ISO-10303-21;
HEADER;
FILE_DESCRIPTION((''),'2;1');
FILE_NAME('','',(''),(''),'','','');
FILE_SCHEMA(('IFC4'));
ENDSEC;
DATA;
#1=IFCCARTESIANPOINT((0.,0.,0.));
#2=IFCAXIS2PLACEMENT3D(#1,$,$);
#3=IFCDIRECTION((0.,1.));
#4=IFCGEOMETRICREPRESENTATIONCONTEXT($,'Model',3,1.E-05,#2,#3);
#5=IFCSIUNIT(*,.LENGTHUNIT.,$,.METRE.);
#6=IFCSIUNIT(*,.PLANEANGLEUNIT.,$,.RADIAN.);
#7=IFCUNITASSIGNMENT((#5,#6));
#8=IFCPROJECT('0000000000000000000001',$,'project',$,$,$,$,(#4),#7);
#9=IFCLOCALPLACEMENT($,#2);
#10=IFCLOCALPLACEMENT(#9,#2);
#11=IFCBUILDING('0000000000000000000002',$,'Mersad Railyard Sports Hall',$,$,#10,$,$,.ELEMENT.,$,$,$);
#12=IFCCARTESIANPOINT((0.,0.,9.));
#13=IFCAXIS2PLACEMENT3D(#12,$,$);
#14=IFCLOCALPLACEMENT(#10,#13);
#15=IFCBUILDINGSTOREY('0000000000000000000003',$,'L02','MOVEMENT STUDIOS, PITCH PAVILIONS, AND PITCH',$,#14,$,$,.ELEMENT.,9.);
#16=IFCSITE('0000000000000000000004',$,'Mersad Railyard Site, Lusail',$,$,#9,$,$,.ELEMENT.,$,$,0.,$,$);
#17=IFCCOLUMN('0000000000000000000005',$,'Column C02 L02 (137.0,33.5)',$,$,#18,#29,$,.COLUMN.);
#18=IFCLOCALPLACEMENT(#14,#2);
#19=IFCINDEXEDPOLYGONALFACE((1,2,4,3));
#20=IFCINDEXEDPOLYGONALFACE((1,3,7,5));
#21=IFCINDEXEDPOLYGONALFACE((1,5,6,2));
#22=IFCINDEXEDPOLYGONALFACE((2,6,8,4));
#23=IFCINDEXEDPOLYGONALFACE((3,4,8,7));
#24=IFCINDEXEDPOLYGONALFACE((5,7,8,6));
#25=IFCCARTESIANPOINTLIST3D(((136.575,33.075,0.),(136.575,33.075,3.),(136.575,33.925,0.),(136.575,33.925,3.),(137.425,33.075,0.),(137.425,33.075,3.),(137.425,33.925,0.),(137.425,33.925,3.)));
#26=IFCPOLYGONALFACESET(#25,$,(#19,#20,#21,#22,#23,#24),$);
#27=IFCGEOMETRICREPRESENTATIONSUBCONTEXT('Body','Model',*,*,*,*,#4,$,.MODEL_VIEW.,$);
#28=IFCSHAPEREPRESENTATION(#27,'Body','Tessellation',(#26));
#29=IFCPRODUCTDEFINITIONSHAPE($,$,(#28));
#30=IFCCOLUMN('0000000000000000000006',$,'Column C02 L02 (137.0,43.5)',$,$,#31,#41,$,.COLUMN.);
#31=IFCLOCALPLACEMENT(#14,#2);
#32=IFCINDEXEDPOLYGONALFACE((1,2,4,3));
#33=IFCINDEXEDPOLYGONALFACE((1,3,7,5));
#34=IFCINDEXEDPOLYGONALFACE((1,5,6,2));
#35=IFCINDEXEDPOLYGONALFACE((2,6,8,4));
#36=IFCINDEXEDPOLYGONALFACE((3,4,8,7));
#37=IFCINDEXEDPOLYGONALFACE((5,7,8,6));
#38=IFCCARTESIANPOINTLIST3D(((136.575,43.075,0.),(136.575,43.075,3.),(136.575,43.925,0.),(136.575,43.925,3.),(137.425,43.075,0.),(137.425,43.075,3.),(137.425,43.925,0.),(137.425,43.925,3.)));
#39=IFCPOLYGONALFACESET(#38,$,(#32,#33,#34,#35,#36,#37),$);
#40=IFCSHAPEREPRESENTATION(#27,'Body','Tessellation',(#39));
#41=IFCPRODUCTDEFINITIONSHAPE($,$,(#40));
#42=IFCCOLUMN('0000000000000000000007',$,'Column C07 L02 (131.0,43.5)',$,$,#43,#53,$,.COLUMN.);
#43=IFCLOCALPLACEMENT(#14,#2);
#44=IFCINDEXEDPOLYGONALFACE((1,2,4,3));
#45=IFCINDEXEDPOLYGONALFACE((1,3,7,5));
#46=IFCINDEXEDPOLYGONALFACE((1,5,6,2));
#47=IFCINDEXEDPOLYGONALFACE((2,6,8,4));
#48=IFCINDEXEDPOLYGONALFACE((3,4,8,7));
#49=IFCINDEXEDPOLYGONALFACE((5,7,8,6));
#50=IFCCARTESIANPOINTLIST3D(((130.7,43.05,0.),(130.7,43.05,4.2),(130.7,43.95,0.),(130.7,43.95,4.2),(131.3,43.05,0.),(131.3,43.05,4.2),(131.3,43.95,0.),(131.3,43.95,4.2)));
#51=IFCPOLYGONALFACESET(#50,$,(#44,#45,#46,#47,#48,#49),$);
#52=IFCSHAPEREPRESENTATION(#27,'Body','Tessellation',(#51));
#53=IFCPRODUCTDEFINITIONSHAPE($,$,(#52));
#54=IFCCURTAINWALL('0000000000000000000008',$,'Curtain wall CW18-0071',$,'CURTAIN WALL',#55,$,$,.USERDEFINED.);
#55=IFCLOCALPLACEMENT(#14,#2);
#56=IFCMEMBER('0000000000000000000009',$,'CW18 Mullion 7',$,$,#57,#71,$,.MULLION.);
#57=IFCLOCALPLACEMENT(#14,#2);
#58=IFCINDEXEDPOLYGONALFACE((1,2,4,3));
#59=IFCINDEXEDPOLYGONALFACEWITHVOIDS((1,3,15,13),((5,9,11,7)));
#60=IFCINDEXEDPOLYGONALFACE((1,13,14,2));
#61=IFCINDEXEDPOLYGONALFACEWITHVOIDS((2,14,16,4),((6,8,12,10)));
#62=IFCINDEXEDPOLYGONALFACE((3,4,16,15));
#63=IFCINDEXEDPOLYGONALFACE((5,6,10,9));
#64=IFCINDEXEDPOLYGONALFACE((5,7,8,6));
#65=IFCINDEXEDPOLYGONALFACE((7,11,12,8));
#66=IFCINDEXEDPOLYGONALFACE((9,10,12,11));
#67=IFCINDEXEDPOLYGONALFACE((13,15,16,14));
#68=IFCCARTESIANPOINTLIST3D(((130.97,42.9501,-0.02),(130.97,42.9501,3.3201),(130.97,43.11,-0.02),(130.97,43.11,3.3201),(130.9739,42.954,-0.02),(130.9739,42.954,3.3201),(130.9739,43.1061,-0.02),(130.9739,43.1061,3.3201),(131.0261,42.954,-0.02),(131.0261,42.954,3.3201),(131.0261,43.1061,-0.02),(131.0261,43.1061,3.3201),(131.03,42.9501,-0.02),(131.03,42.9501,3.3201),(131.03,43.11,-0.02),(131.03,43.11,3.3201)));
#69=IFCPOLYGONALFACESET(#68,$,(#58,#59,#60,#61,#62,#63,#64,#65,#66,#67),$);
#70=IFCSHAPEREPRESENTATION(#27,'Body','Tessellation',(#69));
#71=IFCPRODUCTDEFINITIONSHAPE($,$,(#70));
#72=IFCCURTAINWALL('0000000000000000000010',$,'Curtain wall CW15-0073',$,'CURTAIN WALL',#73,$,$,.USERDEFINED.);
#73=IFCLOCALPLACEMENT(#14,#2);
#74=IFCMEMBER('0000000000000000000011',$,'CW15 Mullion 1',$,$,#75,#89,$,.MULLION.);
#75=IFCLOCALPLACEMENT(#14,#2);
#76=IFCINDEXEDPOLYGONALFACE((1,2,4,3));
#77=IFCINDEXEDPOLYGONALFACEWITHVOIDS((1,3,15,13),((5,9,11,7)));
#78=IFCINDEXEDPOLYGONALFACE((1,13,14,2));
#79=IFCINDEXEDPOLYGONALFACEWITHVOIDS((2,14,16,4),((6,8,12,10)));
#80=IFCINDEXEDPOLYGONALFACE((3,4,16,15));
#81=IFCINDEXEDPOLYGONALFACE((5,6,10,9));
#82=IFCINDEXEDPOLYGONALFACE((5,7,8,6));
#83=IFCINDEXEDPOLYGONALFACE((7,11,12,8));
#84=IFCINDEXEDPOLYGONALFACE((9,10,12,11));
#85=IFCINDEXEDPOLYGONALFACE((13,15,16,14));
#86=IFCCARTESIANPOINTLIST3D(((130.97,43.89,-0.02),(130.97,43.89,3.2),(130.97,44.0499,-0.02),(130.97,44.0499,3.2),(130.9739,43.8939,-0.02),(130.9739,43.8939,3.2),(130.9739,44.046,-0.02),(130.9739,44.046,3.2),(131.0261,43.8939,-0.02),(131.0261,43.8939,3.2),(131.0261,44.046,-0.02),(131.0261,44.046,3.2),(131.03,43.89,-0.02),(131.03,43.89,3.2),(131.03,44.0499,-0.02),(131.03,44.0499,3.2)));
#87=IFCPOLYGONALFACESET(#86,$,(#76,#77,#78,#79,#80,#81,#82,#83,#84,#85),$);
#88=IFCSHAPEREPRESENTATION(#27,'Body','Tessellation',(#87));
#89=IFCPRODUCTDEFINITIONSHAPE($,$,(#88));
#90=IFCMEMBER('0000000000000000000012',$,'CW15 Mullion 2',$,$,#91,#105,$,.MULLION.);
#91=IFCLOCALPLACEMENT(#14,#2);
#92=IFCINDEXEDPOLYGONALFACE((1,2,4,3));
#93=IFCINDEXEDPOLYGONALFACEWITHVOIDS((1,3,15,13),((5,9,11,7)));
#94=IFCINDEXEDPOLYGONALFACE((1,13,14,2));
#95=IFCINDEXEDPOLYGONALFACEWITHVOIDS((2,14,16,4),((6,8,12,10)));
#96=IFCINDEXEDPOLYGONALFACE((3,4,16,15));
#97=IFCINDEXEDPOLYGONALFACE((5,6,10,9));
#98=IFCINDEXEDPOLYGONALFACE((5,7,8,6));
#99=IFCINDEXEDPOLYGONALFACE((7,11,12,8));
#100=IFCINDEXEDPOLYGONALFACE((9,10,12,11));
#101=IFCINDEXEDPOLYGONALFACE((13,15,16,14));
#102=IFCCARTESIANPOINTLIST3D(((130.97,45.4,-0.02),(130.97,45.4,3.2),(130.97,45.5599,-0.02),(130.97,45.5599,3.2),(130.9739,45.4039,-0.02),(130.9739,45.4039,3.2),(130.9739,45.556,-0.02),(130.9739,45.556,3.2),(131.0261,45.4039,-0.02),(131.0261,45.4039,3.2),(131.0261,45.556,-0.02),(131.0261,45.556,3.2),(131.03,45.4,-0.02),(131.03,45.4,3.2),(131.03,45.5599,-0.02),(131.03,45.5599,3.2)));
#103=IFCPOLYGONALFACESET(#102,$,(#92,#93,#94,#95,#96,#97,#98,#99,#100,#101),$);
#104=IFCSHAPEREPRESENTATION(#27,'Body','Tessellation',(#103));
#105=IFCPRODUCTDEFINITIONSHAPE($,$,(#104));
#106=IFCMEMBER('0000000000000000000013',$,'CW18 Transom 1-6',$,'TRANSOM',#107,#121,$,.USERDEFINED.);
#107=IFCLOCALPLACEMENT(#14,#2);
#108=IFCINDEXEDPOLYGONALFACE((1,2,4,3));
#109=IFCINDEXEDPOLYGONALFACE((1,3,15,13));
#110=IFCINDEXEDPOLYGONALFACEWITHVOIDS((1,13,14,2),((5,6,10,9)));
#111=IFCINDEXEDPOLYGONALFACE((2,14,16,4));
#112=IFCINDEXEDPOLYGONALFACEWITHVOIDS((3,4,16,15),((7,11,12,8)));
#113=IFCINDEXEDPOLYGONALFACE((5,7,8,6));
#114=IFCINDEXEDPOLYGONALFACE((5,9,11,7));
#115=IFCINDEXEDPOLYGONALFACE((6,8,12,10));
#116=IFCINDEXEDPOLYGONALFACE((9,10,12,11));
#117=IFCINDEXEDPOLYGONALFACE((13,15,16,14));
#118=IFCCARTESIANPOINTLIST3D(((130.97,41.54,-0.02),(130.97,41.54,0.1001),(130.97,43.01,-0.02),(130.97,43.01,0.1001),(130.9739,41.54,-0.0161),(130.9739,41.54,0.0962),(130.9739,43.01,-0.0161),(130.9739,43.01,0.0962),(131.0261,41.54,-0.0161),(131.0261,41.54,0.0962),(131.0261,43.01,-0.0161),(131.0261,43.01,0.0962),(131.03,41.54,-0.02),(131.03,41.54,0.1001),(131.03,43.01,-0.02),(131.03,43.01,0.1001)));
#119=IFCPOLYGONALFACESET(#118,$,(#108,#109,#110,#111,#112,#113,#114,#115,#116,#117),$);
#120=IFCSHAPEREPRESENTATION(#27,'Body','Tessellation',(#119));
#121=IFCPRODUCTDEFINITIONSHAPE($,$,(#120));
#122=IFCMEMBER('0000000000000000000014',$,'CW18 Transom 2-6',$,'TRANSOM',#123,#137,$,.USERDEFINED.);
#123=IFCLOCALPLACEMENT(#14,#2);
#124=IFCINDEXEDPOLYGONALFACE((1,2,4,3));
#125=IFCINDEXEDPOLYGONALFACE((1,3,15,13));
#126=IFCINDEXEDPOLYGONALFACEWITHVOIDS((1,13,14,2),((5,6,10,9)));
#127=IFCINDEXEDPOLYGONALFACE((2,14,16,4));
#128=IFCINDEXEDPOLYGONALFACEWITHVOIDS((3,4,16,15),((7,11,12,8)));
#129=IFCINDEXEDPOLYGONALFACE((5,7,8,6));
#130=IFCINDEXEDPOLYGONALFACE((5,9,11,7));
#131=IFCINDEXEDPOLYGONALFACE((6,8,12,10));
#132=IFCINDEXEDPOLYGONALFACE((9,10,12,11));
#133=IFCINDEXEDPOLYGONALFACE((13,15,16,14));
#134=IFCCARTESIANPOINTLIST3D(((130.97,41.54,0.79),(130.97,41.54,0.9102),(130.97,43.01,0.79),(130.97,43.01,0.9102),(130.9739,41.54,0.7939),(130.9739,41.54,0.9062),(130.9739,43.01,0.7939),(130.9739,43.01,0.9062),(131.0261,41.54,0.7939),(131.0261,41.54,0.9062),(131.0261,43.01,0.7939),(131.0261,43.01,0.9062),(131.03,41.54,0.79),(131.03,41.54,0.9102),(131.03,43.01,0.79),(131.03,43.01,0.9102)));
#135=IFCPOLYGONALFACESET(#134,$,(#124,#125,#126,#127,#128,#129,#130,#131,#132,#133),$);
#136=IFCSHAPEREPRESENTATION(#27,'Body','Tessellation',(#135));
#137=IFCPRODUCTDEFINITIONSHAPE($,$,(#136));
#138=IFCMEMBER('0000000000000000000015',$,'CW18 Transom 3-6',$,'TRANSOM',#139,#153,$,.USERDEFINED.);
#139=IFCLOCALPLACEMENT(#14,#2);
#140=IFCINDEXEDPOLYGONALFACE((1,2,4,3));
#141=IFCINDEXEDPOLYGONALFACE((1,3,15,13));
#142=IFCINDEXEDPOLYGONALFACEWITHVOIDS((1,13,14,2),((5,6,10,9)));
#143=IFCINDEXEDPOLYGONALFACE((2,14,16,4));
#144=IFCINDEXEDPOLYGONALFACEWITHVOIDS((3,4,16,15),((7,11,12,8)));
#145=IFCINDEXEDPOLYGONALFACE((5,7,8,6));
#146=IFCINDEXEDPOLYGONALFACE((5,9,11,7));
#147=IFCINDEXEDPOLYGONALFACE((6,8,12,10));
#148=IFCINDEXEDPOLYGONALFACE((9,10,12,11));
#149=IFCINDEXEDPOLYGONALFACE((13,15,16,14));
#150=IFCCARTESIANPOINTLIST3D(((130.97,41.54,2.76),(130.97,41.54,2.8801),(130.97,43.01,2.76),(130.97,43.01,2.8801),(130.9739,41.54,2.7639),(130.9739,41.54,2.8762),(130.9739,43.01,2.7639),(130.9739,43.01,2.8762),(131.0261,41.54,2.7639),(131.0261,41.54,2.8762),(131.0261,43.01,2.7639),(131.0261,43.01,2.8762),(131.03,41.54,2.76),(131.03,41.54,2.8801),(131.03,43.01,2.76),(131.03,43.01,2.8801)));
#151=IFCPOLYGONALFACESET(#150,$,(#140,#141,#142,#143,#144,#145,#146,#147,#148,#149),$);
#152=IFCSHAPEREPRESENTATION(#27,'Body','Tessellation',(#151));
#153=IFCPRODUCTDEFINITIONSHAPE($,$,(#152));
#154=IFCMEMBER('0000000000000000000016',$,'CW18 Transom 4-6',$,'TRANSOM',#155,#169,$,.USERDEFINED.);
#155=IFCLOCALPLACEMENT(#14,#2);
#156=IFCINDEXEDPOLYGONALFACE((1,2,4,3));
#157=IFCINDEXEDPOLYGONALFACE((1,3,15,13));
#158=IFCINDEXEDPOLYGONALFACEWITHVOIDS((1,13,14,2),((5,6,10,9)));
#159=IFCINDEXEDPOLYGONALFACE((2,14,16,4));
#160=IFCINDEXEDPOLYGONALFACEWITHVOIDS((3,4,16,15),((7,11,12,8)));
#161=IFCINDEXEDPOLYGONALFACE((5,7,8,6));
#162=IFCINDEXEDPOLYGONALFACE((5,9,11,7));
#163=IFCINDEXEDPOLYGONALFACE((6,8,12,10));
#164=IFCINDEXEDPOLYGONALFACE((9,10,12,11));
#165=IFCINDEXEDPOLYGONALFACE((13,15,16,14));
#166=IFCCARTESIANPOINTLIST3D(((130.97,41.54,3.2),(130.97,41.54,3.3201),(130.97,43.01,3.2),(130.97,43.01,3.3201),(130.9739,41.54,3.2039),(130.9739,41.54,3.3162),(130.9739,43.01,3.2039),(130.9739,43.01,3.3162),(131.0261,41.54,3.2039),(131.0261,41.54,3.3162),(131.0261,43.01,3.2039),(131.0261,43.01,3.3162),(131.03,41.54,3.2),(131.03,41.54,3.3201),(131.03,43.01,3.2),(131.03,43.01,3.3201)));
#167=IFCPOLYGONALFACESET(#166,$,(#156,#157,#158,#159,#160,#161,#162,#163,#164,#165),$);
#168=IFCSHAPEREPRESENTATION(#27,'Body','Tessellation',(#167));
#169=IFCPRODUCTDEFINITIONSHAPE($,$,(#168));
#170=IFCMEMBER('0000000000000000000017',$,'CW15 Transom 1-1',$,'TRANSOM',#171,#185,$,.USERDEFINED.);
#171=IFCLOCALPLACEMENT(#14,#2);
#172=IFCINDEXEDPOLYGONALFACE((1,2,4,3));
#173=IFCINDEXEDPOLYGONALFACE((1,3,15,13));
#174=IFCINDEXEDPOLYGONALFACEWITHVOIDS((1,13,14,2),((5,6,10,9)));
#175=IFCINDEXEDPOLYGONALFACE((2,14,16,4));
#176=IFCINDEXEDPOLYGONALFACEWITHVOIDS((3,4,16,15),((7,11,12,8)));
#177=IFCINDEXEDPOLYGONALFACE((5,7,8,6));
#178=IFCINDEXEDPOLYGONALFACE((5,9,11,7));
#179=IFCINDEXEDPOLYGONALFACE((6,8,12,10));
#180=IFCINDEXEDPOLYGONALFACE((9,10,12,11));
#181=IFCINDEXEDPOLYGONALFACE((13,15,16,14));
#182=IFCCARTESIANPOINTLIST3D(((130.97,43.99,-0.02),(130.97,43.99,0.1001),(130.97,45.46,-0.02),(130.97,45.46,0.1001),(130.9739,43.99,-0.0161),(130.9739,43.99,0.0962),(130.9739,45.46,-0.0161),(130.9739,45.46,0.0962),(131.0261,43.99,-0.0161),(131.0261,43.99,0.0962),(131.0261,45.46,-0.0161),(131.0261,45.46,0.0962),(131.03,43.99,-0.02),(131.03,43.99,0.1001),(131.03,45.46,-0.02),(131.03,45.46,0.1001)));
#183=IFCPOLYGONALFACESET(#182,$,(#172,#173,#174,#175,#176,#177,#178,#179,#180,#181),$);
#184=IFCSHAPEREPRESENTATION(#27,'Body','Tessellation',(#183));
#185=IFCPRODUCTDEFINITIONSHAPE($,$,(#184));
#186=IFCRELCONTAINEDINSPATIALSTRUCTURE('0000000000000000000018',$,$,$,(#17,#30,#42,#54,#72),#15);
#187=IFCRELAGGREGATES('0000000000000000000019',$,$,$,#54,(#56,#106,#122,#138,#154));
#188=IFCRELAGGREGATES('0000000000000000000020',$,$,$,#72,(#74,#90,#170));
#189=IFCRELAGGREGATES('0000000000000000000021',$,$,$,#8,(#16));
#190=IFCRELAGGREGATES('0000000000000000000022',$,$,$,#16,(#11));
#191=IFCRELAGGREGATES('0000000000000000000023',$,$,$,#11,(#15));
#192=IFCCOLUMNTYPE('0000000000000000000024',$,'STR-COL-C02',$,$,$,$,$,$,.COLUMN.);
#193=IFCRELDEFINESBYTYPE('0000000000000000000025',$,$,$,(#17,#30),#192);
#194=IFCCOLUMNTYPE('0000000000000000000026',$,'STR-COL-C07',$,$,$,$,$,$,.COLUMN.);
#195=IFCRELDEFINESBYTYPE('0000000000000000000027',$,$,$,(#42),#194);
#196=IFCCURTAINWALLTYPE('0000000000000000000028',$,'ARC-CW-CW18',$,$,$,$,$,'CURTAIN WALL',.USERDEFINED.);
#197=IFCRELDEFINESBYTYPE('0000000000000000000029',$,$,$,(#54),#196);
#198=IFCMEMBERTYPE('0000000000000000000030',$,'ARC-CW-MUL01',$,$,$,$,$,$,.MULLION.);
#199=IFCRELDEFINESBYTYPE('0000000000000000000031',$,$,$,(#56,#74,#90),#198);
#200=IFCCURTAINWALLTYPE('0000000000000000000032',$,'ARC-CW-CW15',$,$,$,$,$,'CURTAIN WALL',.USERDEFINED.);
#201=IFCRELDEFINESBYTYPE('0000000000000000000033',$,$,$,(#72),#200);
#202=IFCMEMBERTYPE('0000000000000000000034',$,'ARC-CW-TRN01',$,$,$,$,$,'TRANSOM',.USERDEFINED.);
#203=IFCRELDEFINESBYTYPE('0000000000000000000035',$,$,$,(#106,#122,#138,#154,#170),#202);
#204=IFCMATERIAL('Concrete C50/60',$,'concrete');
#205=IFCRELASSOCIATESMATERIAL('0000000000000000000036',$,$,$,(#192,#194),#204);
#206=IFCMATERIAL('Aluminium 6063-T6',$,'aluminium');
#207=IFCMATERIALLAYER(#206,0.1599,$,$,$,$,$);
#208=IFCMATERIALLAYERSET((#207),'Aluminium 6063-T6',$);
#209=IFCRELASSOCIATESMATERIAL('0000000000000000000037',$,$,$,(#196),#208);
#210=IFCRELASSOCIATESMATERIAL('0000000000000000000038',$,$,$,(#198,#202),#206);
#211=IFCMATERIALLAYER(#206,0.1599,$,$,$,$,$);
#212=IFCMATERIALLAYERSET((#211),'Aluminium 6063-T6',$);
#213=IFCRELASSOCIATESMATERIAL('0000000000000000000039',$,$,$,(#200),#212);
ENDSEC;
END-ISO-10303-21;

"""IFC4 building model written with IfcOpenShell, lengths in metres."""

from ifc_helpers import new_model, si_unit, direction, frame, origin, origin_2d, place, context, subcontext, project, spatial, rectangle, hollow_rectangle, extrude, material, layer, layer_set, material_profile, profile_set, type_object, element, aggregate, save


model = new_model("IFC4")

# Units and contexts
model_context = context("Model", 3, precision=1e-05, world=origin(), true_north=direction((0.0, 1.0)))
body_context = subcontext(model_context, "Body", "Model", "MODEL_VIEW")
ifc_project = project(units=[si_unit("LENGTHUNIT", "METRE"), si_unit("PLANEANGLEUNIT", "RADIAN")], contexts=[model_context])

# Site, building, storey
site_placement = place(None, origin())
site = spatial("IfcSite", under=ifc_project, at=site_placement, Name="Mersad Railyard Site, Lusail", CompositionType="ELEMENT", RefElevation=0.0)
building_placement = place(site_placement, origin())
building = spatial("IfcBuilding", under=site, at=building_placement, Name="Mersad Railyard Sports Hall", CompositionType="ELEMENT")
storey_placement = place(building_placement, frame((0.0, 0.0, 9.0)))
storey = spatial("IfcBuildingStorey", under=building, at=storey_placement, Name="L02", Description="MOVEMENT STUDIOS, PITCH PAVILIONS, AND PITCH", CompositionType="ELEMENT", Elevation=9.0)

# Columns
ifc_material_1 = material(Name="Concrete C50/60", Category="concrete")
ifc_material_profile_1 = material_profile(ifc_material_1, rectangle(XDim=0.8501, YDim=0.8501, at=origin_2d()), Name="RC 850x850")
ifc_profile_set_1 = profile_set([ifc_material_profile_1], Name="Concrete C50/60")
column_type_1 = type_object("IfcColumnType", Name="STR-COL-C02", PredefinedType="COLUMN", material=ifc_profile_set_1)
for number, where, z_axis, x_axis, name in (
    (1, (137.0, 33.5, 0.0), (0.0, 0.0, 1.0), (1.0, 0.0, 0.0), "Column C02 L02 (137.0,33.5)"),
    (2, (137.0, 43.5, 0.0), (0.0, 0.0, 1.0), (1.0, 0.0, 0.0), "Column C02 L02 (137.0,43.5)"),
):
    element("IfcColumn", number, at=place(storey_placement, frame(where, z_axis=z_axis, x_axis=x_axis)), inside=storey, type_object=column_type_1, Name=name, PredefinedType="COLUMN", context=body_context, shape_type="SweptSolid", body=[
        extrude(rectangle(XDim=0.8501, YDim=0.8501, at=origin_2d()), origin(), (0.0, 0.0, 1.0), 3.0),
    ])
ifc_material_profile_2 = material_profile(ifc_material_1, rectangle(XDim=0.6001, YDim=0.8999, at=origin_2d()), Name="RC 600x900")
ifc_profile_set_2 = profile_set([ifc_material_profile_2], Name="Concrete C50/60")
column_type_2 = type_object("IfcColumnType", Name="STR-COL-C07", PredefinedType="COLUMN", material=ifc_profile_set_2)
column_placement = place(storey_placement, frame((131.0, 43.5, 0.0), z_axis=(0.0, 0.0, 1.0), x_axis=(1.0, 0.0, 0.0)))
element("IfcColumn", 3, at=column_placement, inside=storey, type_object=column_type_2, Name="Column C07 L02 (131.0,43.5)", PredefinedType="COLUMN", context=body_context, shape_type="SweptSolid", body=[
    extrude(rectangle(XDim=0.6001, YDim=0.8999, at=origin_2d()), origin(), (0.0, 0.0, 1.0), 4.2),
])

# Curtain wall, member
ifc_material_2 = material(Name="Aluminium 6063-T6", Category="aluminium")
ifc_layer_1 = layer(ifc_material_2, 0.1599)
ifc_layer_set_1 = layer_set([ifc_layer_1], Name="Aluminium 6063-T6")
curtain_wall_type_1 = type_object("IfcCurtainWallType", Name="ARC-CW-CW18", ElementType="CURTAIN WALL", PredefinedType="USERDEFINED", material=ifc_layer_set_1)
curtain_wall_1_placement = place(storey_placement, origin())
curtain_wall_1 = element("IfcCurtainWall", 4, at=curtain_wall_1_placement, inside=storey, type_object=curtain_wall_type_1, Name="Curtain wall CW18-0071", ObjectType="CURTAIN WALL", PredefinedType="USERDEFINED")
ifc_material_profile_3 = material_profile(ifc_material_2, hollow_rectangle(XDim=0.0601, YDim=0.1599, WallThickness=0.0039, at=origin_2d()), Name="AL MULLION 60x160x4")
ifc_profile_set_3 = profile_set([ifc_material_profile_3], Name="Aluminium 6063-T6")
member_type_1 = type_object("IfcMemberType", Name="ARC-CW-MUL01", PredefinedType="MULLION", material=ifc_profile_set_3)
member_1_placement = place(storey_placement, frame((131.0, 43.03, -0.02), z_axis=(0.0, 0.0, 1.0), x_axis=(1.0, 0.0, 0.0)))
member_1 = element("IfcMember", 5, at=member_1_placement, type_object=member_type_1, Name="CW18 Mullion 7", PredefinedType="MULLION", context=body_context, shape_type="SweptSolid", body=[
    extrude(hollow_rectangle(XDim=0.0601, YDim=0.1599, WallThickness=0.0039, at=origin_2d()), origin(), (0.0, 0.0, 1.0), 3.3401),
])

# Curtain wall, members
ifc_layer_2 = layer(ifc_material_2, 0.1599)
ifc_layer_set_2 = layer_set([ifc_layer_2], Name="Aluminium 6063-T6")
curtain_wall_type_2 = type_object("IfcCurtainWallType", Name="ARC-CW-CW15", ElementType="CURTAIN WALL", PredefinedType="USERDEFINED", material=ifc_layer_set_2)
curtain_wall_2_placement = place(storey_placement, origin())
curtain_wall_2 = element("IfcCurtainWall", 6, at=curtain_wall_2_placement, inside=storey, type_object=curtain_wall_type_2, Name="Curtain wall CW15-0073", ObjectType="CURTAIN WALL", PredefinedType="USERDEFINED")
member_2_placement = place(storey_placement, frame((131.0, 43.97, -0.02), z_axis=(0.0, 0.0, 1.0), x_axis=(1.0, 0.0, 0.0)))
member_2 = element("IfcMember", 7, at=member_2_placement, type_object=member_type_1, Name="CW15 Mullion 1", PredefinedType="MULLION", context=body_context, shape_type="SweptSolid", body=[
    extrude(hollow_rectangle(XDim=0.0601, YDim=0.1599, WallThickness=0.0039, at=origin_2d()), origin(), (0.0, 0.0, 1.0), 3.22),
])
member_3_placement = place(storey_placement, frame((131.0, 45.48, -0.02), z_axis=(0.0, 0.0, 1.0), x_axis=(1.0, 0.0, 0.0)))
member_3 = element("IfcMember", 8, at=member_3_placement, type_object=member_type_1, Name="CW15 Mullion 2", PredefinedType="MULLION", context=body_context, shape_type="SweptSolid", body=[
    extrude(hollow_rectangle(XDim=0.0601, YDim=0.1599, WallThickness=0.0039, at=origin_2d()), origin(), (0.0, 0.0, 1.0), 3.22),
])

# Members
ifc_material_profile_4 = material_profile(ifc_material_2, hollow_rectangle(XDim=0.0601, YDim=0.1201, WallThickness=0.0039, at=origin_2d()), Name="AL TRANSOM 60x120x4")
ifc_profile_set_4 = profile_set([ifc_material_profile_4], Name="Aluminium 6063-T6")
member_type_2 = type_object("IfcMemberType", Name="ARC-CW-TRN01", ElementType="TRANSOM", PredefinedType="USERDEFINED", material=ifc_profile_set_4)
member_4_placement = place(storey_placement, frame((131.0, 41.54, 0.04), z_axis=(0.0, 1.0, 0.0), x_axis=(-1.0, 0.0, 0.0)))
member_4 = element("IfcMember", 9, at=member_4_placement, type_object=member_type_2, Name="CW18 Transom 1-6", ObjectType="TRANSOM", PredefinedType="USERDEFINED", context=body_context, shape_type="SweptSolid", body=[
    extrude(hollow_rectangle(XDim=0.0601, YDim=0.1201, WallThickness=0.0039, at=origin_2d()), origin(), (0.0, 0.0, 1.0), 1.47),
])
member_5_placement = place(storey_placement, frame((131.0, 41.54, 0.8501), z_axis=(0.0, 1.0, 0.0), x_axis=(-1.0, 0.0, 0.0)))
member_5 = element("IfcMember", 10, at=member_5_placement, type_object=member_type_2, Name="CW18 Transom 2-6", ObjectType="TRANSOM", PredefinedType="USERDEFINED", context=body_context, shape_type="SweptSolid", body=[
    extrude(hollow_rectangle(XDim=0.0601, YDim=0.1201, WallThickness=0.0039, at=origin_2d()), origin(), (0.0, 0.0, 1.0), 1.47),
])
member_6_placement = place(storey_placement, frame((131.0, 41.54, 2.8201), z_axis=(0.0, 1.0, 0.0), x_axis=(-1.0, 0.0, 0.0)))
member_6 = element("IfcMember", 11, at=member_6_placement, type_object=member_type_2, Name="CW18 Transom 3-6", ObjectType="TRANSOM", PredefinedType="USERDEFINED", context=body_context, shape_type="SweptSolid", body=[
    extrude(hollow_rectangle(XDim=0.0601, YDim=0.1201, WallThickness=0.0039, at=origin_2d()), origin(), (0.0, 0.0, 1.0), 1.47),
])
member_7_placement = place(storey_placement, frame((131.0, 41.54, 3.26), z_axis=(0.0, 1.0, 0.0), x_axis=(-1.0, 0.0, 0.0)))
member_7 = element("IfcMember", 12, at=member_7_placement, type_object=member_type_2, Name="CW18 Transom 4-6", ObjectType="TRANSOM", PredefinedType="USERDEFINED", context=body_context, shape_type="SweptSolid", body=[
    extrude(hollow_rectangle(XDim=0.0601, YDim=0.1201, WallThickness=0.0039, at=origin_2d()), origin(), (0.0, 0.0, 1.0), 1.47),
])
member_8_placement = place(storey_placement, frame((131.0, 43.99, 0.04), z_axis=(0.0, 1.0, 0.0), x_axis=(-1.0, 0.0, 0.0)))
member_8 = element("IfcMember", 13, at=member_8_placement, type_object=member_type_2, Name="CW15 Transom 1-1", ObjectType="TRANSOM", PredefinedType="USERDEFINED", context=body_context, shape_type="SweptSolid", body=[
    extrude(hollow_rectangle(XDim=0.0601, YDim=0.1201, WallThickness=0.0039, at=origin_2d()), origin(), (0.0, 0.0, 1.0), 1.47),
])

aggregate(curtain_wall_1, [member_1, member_4, member_5, member_6, member_7])
aggregate(curtain_wall_2, [member_2, member_3, member_8])

save(model, "model.ifc")
